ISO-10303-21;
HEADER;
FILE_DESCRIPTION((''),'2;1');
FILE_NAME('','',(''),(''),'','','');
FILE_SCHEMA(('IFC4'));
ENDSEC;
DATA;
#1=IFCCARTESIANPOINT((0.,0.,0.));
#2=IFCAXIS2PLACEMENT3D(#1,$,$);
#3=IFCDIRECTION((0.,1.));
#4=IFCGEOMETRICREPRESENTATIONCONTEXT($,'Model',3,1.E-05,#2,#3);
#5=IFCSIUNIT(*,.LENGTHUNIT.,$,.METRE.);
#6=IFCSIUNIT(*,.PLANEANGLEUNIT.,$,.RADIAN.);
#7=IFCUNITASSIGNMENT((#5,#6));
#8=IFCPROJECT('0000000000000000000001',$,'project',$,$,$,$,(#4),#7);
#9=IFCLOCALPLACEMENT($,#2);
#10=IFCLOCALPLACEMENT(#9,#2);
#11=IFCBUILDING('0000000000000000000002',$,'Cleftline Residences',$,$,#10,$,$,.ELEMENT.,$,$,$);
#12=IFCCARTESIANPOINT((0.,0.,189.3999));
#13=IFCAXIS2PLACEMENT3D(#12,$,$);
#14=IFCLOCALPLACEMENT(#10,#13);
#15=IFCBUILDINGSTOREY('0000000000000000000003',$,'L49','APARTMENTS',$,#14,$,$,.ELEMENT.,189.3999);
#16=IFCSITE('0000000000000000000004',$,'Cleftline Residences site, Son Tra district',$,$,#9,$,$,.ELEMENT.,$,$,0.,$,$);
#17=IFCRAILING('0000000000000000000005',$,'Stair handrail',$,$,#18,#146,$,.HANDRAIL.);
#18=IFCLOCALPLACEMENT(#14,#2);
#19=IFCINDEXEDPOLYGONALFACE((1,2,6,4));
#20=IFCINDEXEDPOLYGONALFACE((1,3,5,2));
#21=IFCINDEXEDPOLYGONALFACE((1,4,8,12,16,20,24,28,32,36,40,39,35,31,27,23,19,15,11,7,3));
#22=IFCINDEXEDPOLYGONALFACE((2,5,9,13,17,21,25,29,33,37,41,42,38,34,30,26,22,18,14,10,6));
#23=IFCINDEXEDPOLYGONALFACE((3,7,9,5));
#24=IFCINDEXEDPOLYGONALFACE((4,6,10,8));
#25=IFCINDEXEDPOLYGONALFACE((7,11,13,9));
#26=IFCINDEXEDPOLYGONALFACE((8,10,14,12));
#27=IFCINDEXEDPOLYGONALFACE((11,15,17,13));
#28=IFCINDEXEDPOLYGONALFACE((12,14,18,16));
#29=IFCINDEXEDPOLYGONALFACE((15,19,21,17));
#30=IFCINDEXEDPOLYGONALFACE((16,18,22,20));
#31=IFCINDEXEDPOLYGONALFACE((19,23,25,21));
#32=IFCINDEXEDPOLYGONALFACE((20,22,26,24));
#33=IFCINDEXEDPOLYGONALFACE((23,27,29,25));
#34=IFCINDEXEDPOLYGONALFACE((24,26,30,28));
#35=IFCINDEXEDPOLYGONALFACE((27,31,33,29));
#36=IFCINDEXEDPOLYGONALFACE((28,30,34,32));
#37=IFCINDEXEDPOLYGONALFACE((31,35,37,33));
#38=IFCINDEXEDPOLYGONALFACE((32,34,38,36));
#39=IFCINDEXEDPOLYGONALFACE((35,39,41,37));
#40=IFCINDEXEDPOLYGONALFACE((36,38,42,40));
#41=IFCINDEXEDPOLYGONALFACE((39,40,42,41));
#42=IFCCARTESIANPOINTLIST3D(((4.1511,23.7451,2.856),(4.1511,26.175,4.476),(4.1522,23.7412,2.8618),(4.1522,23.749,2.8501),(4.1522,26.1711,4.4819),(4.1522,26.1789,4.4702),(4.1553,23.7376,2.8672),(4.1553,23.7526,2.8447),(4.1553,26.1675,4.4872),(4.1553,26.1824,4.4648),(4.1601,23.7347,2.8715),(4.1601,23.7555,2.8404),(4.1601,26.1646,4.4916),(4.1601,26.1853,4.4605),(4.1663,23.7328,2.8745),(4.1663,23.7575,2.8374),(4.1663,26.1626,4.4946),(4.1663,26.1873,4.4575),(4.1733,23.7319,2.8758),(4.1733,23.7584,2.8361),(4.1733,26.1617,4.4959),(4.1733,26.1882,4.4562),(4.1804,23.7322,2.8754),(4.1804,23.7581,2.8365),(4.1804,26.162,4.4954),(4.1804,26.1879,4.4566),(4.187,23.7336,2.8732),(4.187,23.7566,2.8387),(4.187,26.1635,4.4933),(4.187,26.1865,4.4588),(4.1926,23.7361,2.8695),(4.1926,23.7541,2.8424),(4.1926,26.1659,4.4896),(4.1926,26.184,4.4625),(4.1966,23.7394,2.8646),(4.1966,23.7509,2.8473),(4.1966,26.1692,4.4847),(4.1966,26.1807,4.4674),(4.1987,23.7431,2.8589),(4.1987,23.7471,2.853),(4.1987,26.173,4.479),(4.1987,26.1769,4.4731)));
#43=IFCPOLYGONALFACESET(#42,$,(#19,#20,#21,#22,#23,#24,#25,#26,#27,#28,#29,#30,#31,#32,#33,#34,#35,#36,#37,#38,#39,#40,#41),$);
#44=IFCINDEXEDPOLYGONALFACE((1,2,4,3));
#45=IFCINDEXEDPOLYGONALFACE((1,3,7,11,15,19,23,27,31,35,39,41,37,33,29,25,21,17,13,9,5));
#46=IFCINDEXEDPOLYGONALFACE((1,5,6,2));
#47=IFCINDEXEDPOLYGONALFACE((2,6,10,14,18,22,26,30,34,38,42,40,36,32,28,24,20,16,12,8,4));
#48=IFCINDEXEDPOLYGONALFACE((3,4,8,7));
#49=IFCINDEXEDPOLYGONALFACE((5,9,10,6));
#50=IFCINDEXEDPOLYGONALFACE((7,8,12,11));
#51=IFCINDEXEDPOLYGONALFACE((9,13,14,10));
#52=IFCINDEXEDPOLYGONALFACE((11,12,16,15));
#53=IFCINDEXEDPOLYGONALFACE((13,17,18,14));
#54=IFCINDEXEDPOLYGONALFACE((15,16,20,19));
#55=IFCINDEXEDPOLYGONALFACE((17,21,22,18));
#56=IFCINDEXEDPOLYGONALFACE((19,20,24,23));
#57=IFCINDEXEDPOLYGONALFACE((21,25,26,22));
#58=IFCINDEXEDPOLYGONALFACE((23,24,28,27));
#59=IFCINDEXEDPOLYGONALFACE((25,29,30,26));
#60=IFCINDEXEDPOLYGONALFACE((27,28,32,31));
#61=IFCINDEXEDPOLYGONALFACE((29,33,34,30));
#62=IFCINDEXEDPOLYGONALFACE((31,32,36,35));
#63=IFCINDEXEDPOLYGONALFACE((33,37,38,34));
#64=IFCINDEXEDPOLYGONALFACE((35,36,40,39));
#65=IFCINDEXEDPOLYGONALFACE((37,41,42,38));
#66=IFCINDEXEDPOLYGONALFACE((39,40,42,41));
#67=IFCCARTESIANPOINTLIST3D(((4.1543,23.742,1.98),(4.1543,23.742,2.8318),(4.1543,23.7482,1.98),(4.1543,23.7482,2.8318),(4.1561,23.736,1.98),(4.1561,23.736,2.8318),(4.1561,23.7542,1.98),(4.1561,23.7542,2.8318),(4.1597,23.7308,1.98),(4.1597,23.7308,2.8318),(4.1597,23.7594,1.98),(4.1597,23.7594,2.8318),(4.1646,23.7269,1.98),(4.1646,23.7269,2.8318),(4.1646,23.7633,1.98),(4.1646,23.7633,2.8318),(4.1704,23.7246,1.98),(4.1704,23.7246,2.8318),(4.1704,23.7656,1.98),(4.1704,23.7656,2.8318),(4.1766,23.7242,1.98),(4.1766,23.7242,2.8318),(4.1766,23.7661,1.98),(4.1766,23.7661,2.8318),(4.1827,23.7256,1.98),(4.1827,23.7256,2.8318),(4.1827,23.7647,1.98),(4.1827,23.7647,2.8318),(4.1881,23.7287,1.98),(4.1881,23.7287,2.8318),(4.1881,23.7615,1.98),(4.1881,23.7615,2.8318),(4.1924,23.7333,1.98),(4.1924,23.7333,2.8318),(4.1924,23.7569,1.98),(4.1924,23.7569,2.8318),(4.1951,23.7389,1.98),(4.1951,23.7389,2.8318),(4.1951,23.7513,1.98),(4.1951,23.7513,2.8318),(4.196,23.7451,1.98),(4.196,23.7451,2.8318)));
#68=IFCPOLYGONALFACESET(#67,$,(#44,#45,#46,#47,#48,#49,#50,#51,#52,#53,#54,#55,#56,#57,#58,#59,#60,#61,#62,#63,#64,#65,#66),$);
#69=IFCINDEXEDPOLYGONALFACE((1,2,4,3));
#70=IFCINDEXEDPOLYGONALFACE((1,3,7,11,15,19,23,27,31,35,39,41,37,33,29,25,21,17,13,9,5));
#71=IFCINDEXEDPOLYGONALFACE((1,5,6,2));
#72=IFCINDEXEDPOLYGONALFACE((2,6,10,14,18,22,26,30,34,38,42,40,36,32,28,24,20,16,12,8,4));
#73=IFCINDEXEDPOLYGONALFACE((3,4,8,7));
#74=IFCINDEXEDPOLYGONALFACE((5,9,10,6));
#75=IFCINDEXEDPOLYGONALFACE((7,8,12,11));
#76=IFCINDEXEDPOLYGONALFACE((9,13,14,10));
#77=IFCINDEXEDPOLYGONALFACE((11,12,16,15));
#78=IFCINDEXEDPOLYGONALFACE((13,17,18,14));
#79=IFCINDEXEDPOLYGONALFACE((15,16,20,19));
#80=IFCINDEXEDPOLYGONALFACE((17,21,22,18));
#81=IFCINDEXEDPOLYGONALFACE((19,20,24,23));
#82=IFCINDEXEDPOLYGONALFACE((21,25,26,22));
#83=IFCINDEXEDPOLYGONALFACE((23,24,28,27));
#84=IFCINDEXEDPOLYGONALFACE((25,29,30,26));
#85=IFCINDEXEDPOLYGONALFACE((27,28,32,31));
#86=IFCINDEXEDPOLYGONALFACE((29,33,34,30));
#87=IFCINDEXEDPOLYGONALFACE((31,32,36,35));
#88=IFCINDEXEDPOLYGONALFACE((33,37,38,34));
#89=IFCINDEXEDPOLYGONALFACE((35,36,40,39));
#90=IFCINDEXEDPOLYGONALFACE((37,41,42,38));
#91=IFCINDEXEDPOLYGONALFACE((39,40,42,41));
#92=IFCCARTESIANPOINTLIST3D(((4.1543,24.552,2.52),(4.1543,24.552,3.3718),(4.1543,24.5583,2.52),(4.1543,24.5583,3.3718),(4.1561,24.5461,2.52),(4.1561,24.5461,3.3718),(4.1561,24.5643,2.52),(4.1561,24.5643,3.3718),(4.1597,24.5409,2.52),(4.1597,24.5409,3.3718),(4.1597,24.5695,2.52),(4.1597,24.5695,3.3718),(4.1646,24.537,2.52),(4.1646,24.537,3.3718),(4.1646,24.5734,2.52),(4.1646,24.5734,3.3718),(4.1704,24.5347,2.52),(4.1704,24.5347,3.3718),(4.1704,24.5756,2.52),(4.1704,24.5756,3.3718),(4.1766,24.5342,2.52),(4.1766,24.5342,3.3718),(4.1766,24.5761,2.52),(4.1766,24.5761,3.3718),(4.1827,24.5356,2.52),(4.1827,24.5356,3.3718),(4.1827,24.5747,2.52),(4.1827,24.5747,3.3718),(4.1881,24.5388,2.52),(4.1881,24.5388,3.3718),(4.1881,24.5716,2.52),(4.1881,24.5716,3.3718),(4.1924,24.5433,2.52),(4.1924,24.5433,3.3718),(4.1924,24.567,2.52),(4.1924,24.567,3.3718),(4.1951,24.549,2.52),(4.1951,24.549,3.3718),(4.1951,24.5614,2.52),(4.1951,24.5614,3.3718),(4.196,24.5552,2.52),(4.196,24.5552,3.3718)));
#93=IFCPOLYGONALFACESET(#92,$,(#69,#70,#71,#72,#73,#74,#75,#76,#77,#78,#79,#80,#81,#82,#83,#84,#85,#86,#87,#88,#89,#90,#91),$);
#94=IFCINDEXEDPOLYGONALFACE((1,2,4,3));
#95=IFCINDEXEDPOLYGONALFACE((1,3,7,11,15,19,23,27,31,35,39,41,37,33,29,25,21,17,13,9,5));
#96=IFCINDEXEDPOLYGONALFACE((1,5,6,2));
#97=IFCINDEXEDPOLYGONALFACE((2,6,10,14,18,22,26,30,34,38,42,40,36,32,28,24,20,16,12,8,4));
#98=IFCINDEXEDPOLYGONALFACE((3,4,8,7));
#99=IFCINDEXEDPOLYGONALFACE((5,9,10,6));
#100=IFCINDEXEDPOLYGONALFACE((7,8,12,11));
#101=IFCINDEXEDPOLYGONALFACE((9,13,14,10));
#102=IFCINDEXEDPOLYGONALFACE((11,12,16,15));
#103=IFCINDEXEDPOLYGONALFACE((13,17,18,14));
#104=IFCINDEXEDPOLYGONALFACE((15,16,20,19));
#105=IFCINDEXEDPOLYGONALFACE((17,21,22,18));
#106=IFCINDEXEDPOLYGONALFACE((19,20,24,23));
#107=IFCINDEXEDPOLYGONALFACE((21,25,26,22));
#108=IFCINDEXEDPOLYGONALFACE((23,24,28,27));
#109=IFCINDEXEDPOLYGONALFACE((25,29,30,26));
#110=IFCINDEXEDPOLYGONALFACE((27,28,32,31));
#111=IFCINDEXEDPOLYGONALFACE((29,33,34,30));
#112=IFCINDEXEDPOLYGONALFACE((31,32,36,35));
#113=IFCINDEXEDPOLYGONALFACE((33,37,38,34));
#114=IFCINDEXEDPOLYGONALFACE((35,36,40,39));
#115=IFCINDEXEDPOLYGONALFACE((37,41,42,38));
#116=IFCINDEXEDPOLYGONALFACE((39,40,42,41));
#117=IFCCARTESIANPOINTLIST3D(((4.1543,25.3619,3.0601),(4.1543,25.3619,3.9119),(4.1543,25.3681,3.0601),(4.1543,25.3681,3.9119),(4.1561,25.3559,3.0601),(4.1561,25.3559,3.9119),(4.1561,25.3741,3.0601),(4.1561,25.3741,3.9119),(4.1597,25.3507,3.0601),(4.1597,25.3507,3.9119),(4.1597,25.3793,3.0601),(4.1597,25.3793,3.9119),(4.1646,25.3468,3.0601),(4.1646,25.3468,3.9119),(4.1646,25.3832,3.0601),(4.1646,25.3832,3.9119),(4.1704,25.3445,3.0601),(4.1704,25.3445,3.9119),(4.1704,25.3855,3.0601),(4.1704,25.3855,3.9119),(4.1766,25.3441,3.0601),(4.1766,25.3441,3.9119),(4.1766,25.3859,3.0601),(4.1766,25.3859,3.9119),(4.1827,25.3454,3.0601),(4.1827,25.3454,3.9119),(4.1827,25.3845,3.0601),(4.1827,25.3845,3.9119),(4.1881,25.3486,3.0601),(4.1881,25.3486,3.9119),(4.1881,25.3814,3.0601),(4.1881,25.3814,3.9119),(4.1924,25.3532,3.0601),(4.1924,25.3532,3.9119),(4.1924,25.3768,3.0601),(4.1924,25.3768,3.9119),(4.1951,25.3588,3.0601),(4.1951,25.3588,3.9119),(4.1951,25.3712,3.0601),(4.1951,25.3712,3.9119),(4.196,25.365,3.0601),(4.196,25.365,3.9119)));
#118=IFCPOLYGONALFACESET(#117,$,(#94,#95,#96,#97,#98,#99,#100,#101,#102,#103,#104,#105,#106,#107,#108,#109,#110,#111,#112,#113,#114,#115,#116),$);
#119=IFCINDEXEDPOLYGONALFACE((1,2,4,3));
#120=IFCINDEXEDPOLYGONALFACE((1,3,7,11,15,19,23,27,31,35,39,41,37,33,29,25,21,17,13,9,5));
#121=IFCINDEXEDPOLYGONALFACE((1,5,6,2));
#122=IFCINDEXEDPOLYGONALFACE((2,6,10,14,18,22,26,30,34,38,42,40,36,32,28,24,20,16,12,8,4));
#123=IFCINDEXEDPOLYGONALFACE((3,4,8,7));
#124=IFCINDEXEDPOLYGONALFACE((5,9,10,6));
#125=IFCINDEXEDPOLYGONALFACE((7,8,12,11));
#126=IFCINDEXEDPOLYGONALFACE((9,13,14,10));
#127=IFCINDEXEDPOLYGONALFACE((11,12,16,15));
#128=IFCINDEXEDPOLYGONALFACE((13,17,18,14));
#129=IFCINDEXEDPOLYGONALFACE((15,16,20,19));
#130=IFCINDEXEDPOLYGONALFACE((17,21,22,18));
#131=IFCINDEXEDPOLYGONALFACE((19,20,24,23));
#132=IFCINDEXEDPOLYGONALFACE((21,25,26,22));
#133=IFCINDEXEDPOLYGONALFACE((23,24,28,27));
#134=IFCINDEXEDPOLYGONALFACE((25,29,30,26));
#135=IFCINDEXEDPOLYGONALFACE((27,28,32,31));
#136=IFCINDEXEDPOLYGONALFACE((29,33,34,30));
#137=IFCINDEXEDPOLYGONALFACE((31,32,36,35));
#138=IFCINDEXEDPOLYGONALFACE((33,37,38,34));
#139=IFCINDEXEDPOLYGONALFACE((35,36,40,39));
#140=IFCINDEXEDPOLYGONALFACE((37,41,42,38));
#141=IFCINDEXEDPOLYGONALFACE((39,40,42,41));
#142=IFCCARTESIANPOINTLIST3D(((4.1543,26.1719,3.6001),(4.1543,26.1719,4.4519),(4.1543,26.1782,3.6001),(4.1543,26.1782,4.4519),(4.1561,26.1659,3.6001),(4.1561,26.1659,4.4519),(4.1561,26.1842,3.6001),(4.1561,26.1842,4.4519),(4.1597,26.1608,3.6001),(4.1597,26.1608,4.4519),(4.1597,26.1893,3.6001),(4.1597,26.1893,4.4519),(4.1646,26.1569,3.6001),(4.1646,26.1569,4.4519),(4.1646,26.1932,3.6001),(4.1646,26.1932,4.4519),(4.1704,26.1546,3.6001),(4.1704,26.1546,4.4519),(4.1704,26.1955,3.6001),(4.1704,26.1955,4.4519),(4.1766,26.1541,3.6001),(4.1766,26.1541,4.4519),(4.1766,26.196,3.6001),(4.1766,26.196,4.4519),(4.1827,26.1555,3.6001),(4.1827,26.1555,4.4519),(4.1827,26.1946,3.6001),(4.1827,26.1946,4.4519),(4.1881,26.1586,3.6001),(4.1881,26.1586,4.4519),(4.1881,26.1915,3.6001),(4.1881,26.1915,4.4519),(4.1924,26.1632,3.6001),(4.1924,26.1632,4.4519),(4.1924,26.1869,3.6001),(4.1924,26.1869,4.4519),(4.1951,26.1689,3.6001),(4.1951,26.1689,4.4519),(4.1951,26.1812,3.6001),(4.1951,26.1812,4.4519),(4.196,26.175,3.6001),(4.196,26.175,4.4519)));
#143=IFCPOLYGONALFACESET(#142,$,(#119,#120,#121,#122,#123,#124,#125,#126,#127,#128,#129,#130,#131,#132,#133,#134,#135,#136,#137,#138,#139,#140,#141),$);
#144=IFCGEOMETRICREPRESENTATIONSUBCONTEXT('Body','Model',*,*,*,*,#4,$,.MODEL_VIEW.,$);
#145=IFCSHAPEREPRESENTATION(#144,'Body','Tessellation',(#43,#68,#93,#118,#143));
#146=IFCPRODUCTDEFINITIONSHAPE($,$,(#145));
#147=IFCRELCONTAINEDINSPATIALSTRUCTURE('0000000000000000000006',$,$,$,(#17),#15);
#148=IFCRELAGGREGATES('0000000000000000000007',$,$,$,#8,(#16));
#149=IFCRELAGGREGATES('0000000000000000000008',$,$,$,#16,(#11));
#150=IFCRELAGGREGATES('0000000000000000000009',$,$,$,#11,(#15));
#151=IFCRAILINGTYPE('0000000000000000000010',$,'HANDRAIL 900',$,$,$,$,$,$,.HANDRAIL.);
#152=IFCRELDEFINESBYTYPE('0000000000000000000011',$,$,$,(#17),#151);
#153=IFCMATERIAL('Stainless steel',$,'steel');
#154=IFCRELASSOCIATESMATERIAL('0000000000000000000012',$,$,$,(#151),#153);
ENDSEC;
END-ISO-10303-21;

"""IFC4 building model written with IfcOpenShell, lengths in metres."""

from ifc_helpers import new_model, si_unit, direction, frame, origin, origin_2d, place, context, subcontext, project, spatial, circle, extrude, material, type_object, element, save


model = new_model("IFC4")

# Units and contexts
model_context = context("Model", 3, precision=1e-05, world=origin(), true_north=direction((0.0, 1.0)))
body_context = subcontext(model_context, "Body", "Model", "MODEL_VIEW")
ifc_project = project(units=[si_unit("LENGTHUNIT", "METRE"), si_unit("PLANEANGLEUNIT", "RADIAN")], contexts=[model_context])

# Site, building, storey
site_placement = place(None, origin())
site = spatial("IfcSite", under=ifc_project, at=site_placement, Name="Cleftline Residences site, Son Tra district", CompositionType="ELEMENT", RefElevation=0.0)
building_placement = place(site_placement, origin())
building = spatial("IfcBuilding", under=site, at=building_placement, Name="Cleftline Residences", CompositionType="ELEMENT")
storey_placement = place(building_placement, frame((0.0, 0.0, 189.3999)))
storey = spatial("IfcBuildingStorey", under=building, at=storey_placement, Name="L49", Description="APARTMENTS", CompositionType="ELEMENT", Elevation=189.3999)

# Railing
ifc_material_1 = material(Name="Stainless steel", Category="steel")
railing_type = type_object("IfcRailingType", Name="HANDRAIL 900", PredefinedType="HANDRAIL", material=ifc_material_1)
railing_1_placement = place(storey_placement, frame((4.175, 23.7451, 1.98)))
element("IfcRailing", 1, at=railing_1_placement, inside=storey, type_object=railing_type, Name="Stair handrail", PredefinedType="HANDRAIL", context=body_context, shape_type="SweptSolid", body=[
    extrude(circle(Radius=0.0239, at=origin_2d()), frame((0.0, 0.0, 0.876), z_axis=(0.0, 0.832025, 0.554739), x_axis=(-1.0, 0.0, 0.0)), (0.0, 0.0, 1.0), 2.9204),
    extrude(circle(Radius=0.021, at=origin_2d()), origin(), (0.0, 0.0, 1.0), 0.8518),
    extrude(circle(Radius=0.021, at=origin_2d()), frame((0.0, 0.8101, 0.54)), (0.0, 0.0, 1.0), 0.8518),
    extrude(circle(Radius=0.021, at=origin_2d()), frame((0.0, 1.6199, 1.0801)), (0.0, 0.0, 1.0), 0.8518),
    extrude(circle(Radius=0.021, at=origin_2d()), frame((0.0, 2.4299, 1.6201)), (0.0, 0.0, 1.0), 0.8518),
])

save(model, "model.ifc")
